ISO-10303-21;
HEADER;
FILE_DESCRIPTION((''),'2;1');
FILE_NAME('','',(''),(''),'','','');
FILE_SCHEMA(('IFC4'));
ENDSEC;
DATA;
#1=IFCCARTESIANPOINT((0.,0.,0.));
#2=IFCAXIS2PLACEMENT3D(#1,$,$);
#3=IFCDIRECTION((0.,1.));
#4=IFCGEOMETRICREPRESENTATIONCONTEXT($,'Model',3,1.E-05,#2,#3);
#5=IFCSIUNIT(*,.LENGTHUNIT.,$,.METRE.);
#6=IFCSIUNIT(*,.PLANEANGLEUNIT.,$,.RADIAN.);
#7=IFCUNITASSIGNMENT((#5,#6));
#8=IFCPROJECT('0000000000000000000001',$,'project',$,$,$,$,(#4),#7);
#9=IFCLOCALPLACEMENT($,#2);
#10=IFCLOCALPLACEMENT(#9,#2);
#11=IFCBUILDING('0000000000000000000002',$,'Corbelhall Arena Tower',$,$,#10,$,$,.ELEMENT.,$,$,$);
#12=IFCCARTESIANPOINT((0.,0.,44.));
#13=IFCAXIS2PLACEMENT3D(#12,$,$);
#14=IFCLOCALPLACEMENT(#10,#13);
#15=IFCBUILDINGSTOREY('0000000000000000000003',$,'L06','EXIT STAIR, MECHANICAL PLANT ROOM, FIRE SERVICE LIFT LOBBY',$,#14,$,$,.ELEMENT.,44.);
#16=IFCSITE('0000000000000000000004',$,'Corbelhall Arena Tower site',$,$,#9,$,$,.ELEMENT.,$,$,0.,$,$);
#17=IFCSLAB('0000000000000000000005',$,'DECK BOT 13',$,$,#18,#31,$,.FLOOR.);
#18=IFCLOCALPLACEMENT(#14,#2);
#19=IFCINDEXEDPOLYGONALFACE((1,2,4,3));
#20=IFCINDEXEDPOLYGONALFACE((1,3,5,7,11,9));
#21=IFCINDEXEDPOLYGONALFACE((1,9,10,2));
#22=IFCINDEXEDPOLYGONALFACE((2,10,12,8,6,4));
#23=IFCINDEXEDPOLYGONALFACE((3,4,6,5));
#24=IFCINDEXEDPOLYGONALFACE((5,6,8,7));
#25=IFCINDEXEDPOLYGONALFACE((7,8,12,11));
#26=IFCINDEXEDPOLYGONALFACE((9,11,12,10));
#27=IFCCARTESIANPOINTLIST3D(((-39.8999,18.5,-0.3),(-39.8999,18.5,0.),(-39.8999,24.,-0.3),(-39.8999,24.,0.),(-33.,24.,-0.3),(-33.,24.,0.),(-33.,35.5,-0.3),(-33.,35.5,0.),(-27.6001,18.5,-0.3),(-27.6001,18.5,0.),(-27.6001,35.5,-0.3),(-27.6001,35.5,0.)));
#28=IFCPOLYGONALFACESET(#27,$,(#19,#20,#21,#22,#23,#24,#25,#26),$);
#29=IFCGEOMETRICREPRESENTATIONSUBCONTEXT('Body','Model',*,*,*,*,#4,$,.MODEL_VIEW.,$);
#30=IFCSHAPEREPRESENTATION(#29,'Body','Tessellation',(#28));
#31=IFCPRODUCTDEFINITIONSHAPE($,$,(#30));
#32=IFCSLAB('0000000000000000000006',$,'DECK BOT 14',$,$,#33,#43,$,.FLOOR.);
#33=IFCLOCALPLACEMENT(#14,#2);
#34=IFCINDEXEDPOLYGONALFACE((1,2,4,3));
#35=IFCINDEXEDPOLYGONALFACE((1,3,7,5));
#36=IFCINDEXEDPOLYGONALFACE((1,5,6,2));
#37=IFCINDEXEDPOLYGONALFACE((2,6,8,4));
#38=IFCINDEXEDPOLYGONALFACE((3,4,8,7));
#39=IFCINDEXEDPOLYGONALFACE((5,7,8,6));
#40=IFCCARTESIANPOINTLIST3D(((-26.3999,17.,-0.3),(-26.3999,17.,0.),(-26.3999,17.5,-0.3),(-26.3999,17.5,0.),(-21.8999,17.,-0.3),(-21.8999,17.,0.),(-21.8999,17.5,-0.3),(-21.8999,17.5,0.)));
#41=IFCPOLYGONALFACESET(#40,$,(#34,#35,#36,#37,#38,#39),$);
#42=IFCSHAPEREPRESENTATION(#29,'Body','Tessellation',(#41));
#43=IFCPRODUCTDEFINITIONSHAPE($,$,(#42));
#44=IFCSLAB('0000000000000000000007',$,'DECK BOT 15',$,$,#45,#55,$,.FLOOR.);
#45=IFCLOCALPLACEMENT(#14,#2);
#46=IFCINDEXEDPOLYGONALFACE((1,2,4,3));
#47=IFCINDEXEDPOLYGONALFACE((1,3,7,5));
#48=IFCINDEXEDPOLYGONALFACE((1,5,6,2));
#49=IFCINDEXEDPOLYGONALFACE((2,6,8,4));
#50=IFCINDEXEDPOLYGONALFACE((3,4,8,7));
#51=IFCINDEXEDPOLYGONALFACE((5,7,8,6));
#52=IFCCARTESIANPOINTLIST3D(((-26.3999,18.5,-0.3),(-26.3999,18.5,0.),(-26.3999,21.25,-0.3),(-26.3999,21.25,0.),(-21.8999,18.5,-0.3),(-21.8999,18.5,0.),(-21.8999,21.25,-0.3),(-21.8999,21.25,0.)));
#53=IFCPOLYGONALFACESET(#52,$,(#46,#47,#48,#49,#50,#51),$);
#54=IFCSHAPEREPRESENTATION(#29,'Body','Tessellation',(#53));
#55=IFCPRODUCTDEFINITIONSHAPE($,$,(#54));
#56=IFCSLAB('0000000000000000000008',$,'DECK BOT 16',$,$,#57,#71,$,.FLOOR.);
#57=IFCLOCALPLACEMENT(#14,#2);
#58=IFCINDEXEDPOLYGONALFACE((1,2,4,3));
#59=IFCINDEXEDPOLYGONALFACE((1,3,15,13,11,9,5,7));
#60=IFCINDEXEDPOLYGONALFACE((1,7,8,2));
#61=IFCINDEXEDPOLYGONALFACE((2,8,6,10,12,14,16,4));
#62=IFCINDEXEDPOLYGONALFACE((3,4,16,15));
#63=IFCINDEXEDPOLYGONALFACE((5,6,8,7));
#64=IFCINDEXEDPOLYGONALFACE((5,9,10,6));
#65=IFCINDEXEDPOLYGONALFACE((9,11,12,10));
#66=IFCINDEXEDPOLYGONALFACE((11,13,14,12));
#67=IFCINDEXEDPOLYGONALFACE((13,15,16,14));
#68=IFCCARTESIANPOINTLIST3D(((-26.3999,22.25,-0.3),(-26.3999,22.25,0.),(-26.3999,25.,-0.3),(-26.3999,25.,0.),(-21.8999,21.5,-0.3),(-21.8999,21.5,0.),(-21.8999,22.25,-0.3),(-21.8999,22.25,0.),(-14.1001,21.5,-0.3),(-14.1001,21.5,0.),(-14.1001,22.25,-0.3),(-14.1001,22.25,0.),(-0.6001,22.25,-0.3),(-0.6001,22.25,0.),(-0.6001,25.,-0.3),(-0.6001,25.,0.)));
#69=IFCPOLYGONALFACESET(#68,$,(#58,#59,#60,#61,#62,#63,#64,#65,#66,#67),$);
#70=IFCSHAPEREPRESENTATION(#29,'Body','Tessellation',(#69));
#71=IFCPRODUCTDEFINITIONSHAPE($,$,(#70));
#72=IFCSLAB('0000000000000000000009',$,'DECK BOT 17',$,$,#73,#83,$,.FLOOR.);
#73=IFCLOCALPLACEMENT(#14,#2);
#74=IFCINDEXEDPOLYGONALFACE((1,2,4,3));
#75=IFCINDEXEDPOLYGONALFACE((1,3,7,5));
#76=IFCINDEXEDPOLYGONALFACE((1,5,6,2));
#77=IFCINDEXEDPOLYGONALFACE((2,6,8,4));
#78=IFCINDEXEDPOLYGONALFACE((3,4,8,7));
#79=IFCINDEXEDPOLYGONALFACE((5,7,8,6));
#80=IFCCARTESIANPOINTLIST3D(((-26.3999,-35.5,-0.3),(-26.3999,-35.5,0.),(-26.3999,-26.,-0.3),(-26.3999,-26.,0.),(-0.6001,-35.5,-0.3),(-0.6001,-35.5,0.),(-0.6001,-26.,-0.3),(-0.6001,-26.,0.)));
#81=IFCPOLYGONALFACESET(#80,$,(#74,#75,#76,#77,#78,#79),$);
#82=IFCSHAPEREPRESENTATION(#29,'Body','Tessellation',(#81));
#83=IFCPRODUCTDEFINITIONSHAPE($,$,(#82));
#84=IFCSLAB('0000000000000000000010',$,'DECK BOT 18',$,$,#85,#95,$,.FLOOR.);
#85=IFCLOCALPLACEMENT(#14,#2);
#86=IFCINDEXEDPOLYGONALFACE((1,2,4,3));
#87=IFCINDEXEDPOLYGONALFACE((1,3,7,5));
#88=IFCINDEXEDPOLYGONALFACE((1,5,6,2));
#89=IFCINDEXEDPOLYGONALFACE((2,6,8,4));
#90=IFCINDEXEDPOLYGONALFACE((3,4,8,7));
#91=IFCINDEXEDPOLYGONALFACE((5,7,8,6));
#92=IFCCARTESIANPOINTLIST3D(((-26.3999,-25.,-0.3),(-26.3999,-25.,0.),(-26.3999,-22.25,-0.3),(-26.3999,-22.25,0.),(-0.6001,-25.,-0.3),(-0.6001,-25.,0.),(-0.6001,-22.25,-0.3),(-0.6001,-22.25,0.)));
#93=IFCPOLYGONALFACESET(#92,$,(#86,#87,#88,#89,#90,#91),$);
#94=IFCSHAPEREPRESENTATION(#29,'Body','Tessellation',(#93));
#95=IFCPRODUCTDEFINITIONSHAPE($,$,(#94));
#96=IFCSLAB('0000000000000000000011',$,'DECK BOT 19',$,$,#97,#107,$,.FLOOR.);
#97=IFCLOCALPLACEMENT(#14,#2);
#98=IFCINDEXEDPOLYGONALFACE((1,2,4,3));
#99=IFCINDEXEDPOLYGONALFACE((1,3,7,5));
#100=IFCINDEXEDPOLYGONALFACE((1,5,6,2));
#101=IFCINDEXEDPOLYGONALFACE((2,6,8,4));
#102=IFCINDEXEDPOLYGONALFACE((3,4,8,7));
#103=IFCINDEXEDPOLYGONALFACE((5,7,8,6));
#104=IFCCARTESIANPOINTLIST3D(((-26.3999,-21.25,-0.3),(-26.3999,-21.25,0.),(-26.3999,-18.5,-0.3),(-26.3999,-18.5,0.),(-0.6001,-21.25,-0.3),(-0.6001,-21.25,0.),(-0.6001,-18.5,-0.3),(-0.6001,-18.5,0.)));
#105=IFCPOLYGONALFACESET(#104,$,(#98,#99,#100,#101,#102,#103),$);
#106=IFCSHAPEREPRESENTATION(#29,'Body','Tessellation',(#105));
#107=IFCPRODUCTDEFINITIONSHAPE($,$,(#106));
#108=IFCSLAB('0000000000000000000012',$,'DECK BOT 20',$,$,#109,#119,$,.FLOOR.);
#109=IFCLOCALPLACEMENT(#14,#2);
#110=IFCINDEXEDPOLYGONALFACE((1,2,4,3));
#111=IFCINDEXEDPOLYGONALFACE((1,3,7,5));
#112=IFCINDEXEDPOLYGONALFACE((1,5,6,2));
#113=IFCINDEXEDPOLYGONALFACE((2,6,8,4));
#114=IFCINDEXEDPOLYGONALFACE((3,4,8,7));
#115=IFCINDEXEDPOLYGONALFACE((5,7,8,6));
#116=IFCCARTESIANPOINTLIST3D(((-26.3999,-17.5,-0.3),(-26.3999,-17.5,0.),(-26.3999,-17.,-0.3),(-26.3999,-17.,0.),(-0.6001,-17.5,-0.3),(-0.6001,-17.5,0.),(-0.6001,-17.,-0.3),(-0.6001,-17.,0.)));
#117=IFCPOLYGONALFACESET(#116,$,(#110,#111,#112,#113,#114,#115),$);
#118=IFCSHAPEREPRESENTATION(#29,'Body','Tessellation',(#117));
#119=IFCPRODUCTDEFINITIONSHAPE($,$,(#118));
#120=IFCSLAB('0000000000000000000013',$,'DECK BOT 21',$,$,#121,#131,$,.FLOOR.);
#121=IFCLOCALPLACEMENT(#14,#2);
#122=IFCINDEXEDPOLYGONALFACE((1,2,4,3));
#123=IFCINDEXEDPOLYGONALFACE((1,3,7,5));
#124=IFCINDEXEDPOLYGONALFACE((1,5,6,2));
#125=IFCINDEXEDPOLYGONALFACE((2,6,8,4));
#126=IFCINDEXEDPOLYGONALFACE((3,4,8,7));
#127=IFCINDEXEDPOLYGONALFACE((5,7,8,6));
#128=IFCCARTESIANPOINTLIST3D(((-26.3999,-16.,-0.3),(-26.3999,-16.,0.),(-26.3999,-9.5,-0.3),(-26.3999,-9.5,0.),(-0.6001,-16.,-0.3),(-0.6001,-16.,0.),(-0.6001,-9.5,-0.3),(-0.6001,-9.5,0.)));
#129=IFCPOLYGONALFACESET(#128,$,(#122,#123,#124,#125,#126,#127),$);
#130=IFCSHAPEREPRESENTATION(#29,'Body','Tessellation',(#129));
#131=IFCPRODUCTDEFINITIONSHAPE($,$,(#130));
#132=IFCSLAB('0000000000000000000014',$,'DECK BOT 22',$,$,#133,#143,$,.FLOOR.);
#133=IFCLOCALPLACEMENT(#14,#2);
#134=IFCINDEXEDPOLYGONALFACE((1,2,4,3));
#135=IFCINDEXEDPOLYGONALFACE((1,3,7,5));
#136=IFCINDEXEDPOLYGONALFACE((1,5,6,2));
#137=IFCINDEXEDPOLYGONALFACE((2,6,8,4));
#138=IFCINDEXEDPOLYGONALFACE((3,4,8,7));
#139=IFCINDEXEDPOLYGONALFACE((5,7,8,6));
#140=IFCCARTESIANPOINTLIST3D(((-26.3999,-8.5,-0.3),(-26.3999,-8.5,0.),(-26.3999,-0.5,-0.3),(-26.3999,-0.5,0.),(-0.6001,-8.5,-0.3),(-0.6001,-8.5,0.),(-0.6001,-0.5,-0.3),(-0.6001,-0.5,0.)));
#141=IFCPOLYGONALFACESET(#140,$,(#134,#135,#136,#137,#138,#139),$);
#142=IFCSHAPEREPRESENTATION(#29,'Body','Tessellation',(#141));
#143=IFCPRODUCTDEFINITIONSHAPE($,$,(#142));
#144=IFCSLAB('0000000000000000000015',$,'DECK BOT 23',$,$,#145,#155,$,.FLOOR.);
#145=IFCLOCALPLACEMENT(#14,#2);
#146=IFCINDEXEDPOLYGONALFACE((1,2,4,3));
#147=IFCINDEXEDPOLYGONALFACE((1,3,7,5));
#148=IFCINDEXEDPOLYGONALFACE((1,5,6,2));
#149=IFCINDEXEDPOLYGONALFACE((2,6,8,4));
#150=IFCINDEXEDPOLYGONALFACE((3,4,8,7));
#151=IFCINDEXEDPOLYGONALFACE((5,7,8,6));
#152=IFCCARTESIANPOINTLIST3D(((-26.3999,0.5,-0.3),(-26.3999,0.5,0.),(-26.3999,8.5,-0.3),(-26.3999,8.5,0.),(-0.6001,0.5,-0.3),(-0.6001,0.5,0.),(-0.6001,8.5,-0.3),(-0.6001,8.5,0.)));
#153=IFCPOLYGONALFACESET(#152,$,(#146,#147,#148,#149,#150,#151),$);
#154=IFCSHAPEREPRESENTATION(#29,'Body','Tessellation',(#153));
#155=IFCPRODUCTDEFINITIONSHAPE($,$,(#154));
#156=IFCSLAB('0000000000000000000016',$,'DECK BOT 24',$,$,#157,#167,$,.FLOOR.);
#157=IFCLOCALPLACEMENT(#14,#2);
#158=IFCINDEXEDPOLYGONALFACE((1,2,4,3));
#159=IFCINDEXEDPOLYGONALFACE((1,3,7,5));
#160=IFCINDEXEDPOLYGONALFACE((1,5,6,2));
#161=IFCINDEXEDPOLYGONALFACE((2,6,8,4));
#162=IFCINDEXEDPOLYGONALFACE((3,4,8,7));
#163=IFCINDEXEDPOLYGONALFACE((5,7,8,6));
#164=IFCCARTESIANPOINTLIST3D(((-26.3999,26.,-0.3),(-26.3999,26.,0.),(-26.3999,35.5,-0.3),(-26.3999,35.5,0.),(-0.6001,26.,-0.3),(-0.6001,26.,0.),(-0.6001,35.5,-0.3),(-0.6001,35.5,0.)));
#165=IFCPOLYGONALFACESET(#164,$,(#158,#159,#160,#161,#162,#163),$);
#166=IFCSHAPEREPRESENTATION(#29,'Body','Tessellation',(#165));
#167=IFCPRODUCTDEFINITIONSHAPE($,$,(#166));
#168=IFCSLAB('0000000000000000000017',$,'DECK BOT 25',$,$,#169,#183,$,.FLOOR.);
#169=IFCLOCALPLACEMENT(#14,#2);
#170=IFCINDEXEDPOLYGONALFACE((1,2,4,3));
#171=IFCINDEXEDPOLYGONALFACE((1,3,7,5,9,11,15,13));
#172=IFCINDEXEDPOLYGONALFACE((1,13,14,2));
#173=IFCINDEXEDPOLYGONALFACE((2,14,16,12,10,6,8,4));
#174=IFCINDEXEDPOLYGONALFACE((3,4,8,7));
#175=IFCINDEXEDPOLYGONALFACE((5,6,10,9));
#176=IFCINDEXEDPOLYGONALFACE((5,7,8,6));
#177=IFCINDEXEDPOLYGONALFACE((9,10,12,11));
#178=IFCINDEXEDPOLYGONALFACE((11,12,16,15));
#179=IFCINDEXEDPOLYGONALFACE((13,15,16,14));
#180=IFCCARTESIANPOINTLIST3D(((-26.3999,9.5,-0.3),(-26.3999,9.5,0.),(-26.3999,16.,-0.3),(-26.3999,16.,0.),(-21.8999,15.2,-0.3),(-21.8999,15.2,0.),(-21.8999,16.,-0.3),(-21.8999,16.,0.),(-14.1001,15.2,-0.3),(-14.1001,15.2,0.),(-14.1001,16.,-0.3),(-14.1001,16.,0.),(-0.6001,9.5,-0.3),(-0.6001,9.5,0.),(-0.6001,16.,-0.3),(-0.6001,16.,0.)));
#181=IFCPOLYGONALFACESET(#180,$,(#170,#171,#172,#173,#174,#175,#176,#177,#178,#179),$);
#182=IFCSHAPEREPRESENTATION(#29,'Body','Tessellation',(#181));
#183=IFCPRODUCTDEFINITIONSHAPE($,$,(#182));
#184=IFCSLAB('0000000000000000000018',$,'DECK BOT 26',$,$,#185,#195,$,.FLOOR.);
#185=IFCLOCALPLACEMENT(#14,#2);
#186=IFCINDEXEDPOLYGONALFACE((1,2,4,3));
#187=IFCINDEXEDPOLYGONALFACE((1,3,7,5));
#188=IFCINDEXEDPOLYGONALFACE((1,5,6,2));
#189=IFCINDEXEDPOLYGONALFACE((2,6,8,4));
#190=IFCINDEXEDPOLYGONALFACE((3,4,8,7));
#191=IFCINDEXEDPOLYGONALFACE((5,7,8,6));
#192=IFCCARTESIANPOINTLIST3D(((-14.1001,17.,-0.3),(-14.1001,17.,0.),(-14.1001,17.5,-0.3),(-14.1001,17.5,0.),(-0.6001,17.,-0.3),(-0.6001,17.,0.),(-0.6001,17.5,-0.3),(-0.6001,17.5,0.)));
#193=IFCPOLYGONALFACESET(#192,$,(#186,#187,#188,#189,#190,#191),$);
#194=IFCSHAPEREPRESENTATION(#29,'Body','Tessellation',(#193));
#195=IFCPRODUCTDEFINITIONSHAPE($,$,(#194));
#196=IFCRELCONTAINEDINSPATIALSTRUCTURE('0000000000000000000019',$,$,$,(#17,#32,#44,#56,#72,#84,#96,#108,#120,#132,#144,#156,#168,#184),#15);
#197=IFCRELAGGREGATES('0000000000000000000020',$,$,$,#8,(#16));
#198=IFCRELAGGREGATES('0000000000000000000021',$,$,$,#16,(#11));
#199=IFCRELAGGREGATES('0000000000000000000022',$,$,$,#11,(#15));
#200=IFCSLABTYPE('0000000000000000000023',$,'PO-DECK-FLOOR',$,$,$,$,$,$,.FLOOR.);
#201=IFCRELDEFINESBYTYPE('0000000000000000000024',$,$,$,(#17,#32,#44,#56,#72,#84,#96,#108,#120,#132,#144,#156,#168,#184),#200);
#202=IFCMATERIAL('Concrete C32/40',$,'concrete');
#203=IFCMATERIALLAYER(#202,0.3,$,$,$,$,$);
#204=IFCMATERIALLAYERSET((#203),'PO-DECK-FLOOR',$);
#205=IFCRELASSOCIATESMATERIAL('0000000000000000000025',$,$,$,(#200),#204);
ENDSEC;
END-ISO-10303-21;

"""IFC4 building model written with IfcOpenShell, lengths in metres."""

from ifc_helpers import new_model, si_unit, direction, frame, origin, place, context, subcontext, project, spatial, polyline, outline, extrude, material, layer, layer_set, type_object, element, save


model = new_model("IFC4")

# Units and contexts
model_context = context("Model", 3, precision=1e-05, world=origin(), true_north=direction((0.0, 1.0)))
body_context = subcontext(model_context, "Body", "Model", "MODEL_VIEW")
ifc_project = project(units=[si_unit("LENGTHUNIT", "METRE"), si_unit("PLANEANGLEUNIT", "RADIAN")], contexts=[model_context])

# Site, building, storey
site_placement = place(None, origin())
site = spatial("IfcSite", under=ifc_project, at=site_placement, Name="Corbelhall Arena Tower site", CompositionType="ELEMENT", RefElevation=0.0)
building_placement = place(site_placement, origin())
building = spatial("IfcBuilding", under=site, at=building_placement, Name="Corbelhall Arena Tower", CompositionType="ELEMENT")
storey_placement = place(building_placement, frame((0.0, 0.0, 44.0)))
storey = spatial("IfcBuildingStorey", under=building, at=storey_placement, Name="L06", Description="EXIT STAIR, MECHANICAL PLANT ROOM, FIRE SERVICE LIFT LOBBY", CompositionType="ELEMENT", Elevation=44.0)

# Slabs
ifc_material_1 = material(Name="Concrete C32/40", Category="concrete")
ifc_layer = layer(ifc_material_1, 0.3)
ifc_layer_set = layer_set([ifc_layer], Name="PO-DECK-FLOOR")
slab_type = type_object("IfcSlabType", Name="PO-DECK-FLOOR", PredefinedType="FLOOR", material=ifc_layer_set)
slab_1_placement = place(storey_placement, frame((0.0, 0.0, -0.3)))
element("IfcSlab", 1, at=slab_1_placement, inside=storey, type_object=slab_type, Name="DECK BOT 13", PredefinedType="FLOOR", context=body_context, shape_type="SweptSolid", body=[
    extrude(outline(polyline([(-33.0, 35.5), (-27.6001, 35.5), (-27.6001, 18.5), (-39.8999, 18.5), (-39.8999, 24.0), (-33.0, 24.0), (-33.0, 35.5)])), origin(), (0.0, 0.0, 1.0), 0.3),
])
slab_2_placement = place(storey_placement, frame((0.0, 0.0, -0.3)))
element("IfcSlab", 2, at=slab_2_placement, inside=storey, type_object=slab_type, Name="DECK BOT 14", PredefinedType="FLOOR", context=body_context, shape_type="SweptSolid", body=[
    extrude(outline(polyline([(-26.3999, 17.0), (-26.3999, 17.5), (-21.8999, 17.5), (-21.8999, 17.0), (-26.3999, 17.0)])), origin(), (0.0, 0.0, 1.0), 0.3),
])
slab_3_placement = place(storey_placement, frame((0.0, 0.0, -0.3)))
element("IfcSlab", 3, at=slab_3_placement, inside=storey, type_object=slab_type, Name="DECK BOT 15", PredefinedType="FLOOR", context=body_context, shape_type="SweptSolid", body=[
    extrude(outline(polyline([(-26.3999, 18.5), (-26.3999, 21.25), (-21.8999, 21.25), (-21.8999, 18.5), (-26.3999, 18.5)])), origin(), (0.0, 0.0, 1.0), 0.3),
])
slab_4_placement = place(storey_placement, frame((0.0, 0.0, -0.3)))
element("IfcSlab", 4, at=slab_4_placement, inside=storey, type_object=slab_type, Name="DECK BOT 16", PredefinedType="FLOOR", context=body_context, shape_type="SweptSolid", body=[
    extrude(outline(polyline([(-26.3999, 25.0), (-0.6001, 25.0), (-0.6001, 22.25), (-14.1001, 22.25), (-14.1001, 21.5), (-21.8999, 21.5), (-21.8999, 22.25), (-26.3999, 22.25), (-26.3999, 25.0)])), origin(), (0.0, 0.0, 1.0), 0.3),
])
slab_5_placement = place(storey_placement, frame((0.0, 0.0, -0.3)))
element("IfcSlab", 5, at=slab_5_placement, inside=storey, type_object=slab_type, Name="DECK BOT 17", PredefinedType="FLOOR", context=body_context, shape_type="SweptSolid", body=[
    extrude(outline(polyline([(-0.6001, -26.0), (-0.6001, -35.5), (-26.3999, -35.5), (-26.3999, -26.0), (-0.6001, -26.0)])), origin(), (0.0, 0.0, 1.0), 0.3),
])
slab_6_placement = place(storey_placement, frame((0.0, 0.0, -0.3)))
element("IfcSlab", 6, at=slab_6_placement, inside=storey, type_object=slab_type, Name="DECK BOT 18", PredefinedType="FLOOR", context=body_context, shape_type="SweptSolid", body=[
    extrude(outline(polyline([(-0.6001, -22.25), (-0.6001, -25.0), (-26.3999, -25.0), (-26.3999, -22.25), (-0.6001, -22.25)])), origin(), (0.0, 0.0, 1.0), 0.3),
])
slab_7_placement = place(storey_placement, frame((0.0, 0.0, -0.3)))
element("IfcSlab", 7, at=slab_7_placement, inside=storey, type_object=slab_type, Name="DECK BOT 19", PredefinedType="FLOOR", context=body_context, shape_type="SweptSolid", body=[
    extrude(outline(polyline([(-0.6001, -18.5), (-0.6001, -21.25), (-26.3999, -21.25), (-26.3999, -18.5), (-0.6001, -18.5)])), origin(), (0.0, 0.0, 1.0), 0.3),
])
slab_8_placement = place(storey_placement, frame((0.0, 0.0, -0.3)))
element("IfcSlab", 8, at=slab_8_placement, inside=storey, type_object=slab_type, Name="DECK BOT 20", PredefinedType="FLOOR", context=body_context, shape_type="SweptSolid", body=[
    extrude(outline(polyline([(-0.6001, -17.0), (-0.6001, -17.5), (-26.3999, -17.5), (-26.3999, -17.0), (-0.6001, -17.0)])), origin(), (0.0, 0.0, 1.0), 0.3),
])
slab_9_placement = place(storey_placement, frame((0.0, 0.0, -0.3)))
element("IfcSlab", 9, at=slab_9_placement, inside=storey, type_object=slab_type, Name="DECK BOT 21", PredefinedType="FLOOR", context=body_context, shape_type="SweptSolid", body=[
    extrude(outline(polyline([(-0.6001, -9.5), (-0.6001, -16.0), (-26.3999, -16.0), (-26.3999, -9.5), (-0.6001, -9.5)])), origin(), (0.0, 0.0, 1.0), 0.3),
])
slab_10_placement = place(storey_placement, frame((0.0, 0.0, -0.3)))
element("IfcSlab", 10, at=slab_10_placement, inside=storey, type_object=slab_type, Name="DECK BOT 22", PredefinedType="FLOOR", context=body_context, shape_type="SweptSolid", body=[
    extrude(outline(polyline([(-26.3999, -0.5), (-0.6001, -0.5), (-0.6001, -8.5), (-26.3999, -8.5), (-26.3999, -0.5)])), origin(), (0.0, 0.0, 1.0), 0.3),
])
slab_11_placement = place(storey_placement, frame((0.0, 0.0, -0.3)))
element("IfcSlab", 11, at=slab_11_placement, inside=storey, type_object=slab_type, Name="DECK BOT 23", PredefinedType="FLOOR", context=body_context, shape_type="SweptSolid", body=[
    extrude(outline(polyline([(-26.3999, 8.5), (-0.6001, 8.5), (-0.6001, 0.5), (-26.3999, 0.5), (-26.3999, 8.5)])), origin(), (0.0, 0.0, 1.0), 0.3),
])
slab_12_placement = place(storey_placement, frame((0.0, 0.0, -0.3)))
element("IfcSlab", 12, at=slab_12_placement, inside=storey, type_object=slab_type, Name="DECK BOT 24", PredefinedType="FLOOR", context=body_context, shape_type="SweptSolid", body=[
    extrude(outline(polyline([(-26.3999, 35.5), (-0.6001, 35.5), (-0.6001, 26.0), (-26.3999, 26.0), (-26.3999, 35.5)])), origin(), (0.0, 0.0, 1.0), 0.3),
])
slab_13_placement = place(storey_placement, frame((0.0, 0.0, -0.3)))
element("IfcSlab", 13, at=slab_13_placement, inside=storey, type_object=slab_type, Name="DECK BOT 25", PredefinedType="FLOOR", context=body_context, shape_type="SweptSolid", body=[
    extrude(outline(polyline([(-14.1001, 16.0), (-0.6001, 16.0), (-0.6001, 9.5), (-26.3999, 9.5), (-26.3999, 16.0), (-21.8999, 16.0), (-21.8999, 15.2), (-14.1001, 15.2), (-14.1001, 16.0)])), origin(), (0.0, 0.0, 1.0), 0.3),
])
slab_14_placement = place(storey_placement, frame((0.0, 0.0, -0.3)))
element("IfcSlab", 14, at=slab_14_placement, inside=storey, type_object=slab_type, Name="DECK BOT 26", PredefinedType="FLOOR", context=body_context, shape_type="SweptSolid", body=[
    extrude(outline(polyline([(-14.1001, 17.5), (-0.6001, 17.5), (-0.6001, 17.0), (-14.1001, 17.0), (-14.1001, 17.5)])), origin(), (0.0, 0.0, 1.0), 0.3),
])

save(model, "model.ifc")
